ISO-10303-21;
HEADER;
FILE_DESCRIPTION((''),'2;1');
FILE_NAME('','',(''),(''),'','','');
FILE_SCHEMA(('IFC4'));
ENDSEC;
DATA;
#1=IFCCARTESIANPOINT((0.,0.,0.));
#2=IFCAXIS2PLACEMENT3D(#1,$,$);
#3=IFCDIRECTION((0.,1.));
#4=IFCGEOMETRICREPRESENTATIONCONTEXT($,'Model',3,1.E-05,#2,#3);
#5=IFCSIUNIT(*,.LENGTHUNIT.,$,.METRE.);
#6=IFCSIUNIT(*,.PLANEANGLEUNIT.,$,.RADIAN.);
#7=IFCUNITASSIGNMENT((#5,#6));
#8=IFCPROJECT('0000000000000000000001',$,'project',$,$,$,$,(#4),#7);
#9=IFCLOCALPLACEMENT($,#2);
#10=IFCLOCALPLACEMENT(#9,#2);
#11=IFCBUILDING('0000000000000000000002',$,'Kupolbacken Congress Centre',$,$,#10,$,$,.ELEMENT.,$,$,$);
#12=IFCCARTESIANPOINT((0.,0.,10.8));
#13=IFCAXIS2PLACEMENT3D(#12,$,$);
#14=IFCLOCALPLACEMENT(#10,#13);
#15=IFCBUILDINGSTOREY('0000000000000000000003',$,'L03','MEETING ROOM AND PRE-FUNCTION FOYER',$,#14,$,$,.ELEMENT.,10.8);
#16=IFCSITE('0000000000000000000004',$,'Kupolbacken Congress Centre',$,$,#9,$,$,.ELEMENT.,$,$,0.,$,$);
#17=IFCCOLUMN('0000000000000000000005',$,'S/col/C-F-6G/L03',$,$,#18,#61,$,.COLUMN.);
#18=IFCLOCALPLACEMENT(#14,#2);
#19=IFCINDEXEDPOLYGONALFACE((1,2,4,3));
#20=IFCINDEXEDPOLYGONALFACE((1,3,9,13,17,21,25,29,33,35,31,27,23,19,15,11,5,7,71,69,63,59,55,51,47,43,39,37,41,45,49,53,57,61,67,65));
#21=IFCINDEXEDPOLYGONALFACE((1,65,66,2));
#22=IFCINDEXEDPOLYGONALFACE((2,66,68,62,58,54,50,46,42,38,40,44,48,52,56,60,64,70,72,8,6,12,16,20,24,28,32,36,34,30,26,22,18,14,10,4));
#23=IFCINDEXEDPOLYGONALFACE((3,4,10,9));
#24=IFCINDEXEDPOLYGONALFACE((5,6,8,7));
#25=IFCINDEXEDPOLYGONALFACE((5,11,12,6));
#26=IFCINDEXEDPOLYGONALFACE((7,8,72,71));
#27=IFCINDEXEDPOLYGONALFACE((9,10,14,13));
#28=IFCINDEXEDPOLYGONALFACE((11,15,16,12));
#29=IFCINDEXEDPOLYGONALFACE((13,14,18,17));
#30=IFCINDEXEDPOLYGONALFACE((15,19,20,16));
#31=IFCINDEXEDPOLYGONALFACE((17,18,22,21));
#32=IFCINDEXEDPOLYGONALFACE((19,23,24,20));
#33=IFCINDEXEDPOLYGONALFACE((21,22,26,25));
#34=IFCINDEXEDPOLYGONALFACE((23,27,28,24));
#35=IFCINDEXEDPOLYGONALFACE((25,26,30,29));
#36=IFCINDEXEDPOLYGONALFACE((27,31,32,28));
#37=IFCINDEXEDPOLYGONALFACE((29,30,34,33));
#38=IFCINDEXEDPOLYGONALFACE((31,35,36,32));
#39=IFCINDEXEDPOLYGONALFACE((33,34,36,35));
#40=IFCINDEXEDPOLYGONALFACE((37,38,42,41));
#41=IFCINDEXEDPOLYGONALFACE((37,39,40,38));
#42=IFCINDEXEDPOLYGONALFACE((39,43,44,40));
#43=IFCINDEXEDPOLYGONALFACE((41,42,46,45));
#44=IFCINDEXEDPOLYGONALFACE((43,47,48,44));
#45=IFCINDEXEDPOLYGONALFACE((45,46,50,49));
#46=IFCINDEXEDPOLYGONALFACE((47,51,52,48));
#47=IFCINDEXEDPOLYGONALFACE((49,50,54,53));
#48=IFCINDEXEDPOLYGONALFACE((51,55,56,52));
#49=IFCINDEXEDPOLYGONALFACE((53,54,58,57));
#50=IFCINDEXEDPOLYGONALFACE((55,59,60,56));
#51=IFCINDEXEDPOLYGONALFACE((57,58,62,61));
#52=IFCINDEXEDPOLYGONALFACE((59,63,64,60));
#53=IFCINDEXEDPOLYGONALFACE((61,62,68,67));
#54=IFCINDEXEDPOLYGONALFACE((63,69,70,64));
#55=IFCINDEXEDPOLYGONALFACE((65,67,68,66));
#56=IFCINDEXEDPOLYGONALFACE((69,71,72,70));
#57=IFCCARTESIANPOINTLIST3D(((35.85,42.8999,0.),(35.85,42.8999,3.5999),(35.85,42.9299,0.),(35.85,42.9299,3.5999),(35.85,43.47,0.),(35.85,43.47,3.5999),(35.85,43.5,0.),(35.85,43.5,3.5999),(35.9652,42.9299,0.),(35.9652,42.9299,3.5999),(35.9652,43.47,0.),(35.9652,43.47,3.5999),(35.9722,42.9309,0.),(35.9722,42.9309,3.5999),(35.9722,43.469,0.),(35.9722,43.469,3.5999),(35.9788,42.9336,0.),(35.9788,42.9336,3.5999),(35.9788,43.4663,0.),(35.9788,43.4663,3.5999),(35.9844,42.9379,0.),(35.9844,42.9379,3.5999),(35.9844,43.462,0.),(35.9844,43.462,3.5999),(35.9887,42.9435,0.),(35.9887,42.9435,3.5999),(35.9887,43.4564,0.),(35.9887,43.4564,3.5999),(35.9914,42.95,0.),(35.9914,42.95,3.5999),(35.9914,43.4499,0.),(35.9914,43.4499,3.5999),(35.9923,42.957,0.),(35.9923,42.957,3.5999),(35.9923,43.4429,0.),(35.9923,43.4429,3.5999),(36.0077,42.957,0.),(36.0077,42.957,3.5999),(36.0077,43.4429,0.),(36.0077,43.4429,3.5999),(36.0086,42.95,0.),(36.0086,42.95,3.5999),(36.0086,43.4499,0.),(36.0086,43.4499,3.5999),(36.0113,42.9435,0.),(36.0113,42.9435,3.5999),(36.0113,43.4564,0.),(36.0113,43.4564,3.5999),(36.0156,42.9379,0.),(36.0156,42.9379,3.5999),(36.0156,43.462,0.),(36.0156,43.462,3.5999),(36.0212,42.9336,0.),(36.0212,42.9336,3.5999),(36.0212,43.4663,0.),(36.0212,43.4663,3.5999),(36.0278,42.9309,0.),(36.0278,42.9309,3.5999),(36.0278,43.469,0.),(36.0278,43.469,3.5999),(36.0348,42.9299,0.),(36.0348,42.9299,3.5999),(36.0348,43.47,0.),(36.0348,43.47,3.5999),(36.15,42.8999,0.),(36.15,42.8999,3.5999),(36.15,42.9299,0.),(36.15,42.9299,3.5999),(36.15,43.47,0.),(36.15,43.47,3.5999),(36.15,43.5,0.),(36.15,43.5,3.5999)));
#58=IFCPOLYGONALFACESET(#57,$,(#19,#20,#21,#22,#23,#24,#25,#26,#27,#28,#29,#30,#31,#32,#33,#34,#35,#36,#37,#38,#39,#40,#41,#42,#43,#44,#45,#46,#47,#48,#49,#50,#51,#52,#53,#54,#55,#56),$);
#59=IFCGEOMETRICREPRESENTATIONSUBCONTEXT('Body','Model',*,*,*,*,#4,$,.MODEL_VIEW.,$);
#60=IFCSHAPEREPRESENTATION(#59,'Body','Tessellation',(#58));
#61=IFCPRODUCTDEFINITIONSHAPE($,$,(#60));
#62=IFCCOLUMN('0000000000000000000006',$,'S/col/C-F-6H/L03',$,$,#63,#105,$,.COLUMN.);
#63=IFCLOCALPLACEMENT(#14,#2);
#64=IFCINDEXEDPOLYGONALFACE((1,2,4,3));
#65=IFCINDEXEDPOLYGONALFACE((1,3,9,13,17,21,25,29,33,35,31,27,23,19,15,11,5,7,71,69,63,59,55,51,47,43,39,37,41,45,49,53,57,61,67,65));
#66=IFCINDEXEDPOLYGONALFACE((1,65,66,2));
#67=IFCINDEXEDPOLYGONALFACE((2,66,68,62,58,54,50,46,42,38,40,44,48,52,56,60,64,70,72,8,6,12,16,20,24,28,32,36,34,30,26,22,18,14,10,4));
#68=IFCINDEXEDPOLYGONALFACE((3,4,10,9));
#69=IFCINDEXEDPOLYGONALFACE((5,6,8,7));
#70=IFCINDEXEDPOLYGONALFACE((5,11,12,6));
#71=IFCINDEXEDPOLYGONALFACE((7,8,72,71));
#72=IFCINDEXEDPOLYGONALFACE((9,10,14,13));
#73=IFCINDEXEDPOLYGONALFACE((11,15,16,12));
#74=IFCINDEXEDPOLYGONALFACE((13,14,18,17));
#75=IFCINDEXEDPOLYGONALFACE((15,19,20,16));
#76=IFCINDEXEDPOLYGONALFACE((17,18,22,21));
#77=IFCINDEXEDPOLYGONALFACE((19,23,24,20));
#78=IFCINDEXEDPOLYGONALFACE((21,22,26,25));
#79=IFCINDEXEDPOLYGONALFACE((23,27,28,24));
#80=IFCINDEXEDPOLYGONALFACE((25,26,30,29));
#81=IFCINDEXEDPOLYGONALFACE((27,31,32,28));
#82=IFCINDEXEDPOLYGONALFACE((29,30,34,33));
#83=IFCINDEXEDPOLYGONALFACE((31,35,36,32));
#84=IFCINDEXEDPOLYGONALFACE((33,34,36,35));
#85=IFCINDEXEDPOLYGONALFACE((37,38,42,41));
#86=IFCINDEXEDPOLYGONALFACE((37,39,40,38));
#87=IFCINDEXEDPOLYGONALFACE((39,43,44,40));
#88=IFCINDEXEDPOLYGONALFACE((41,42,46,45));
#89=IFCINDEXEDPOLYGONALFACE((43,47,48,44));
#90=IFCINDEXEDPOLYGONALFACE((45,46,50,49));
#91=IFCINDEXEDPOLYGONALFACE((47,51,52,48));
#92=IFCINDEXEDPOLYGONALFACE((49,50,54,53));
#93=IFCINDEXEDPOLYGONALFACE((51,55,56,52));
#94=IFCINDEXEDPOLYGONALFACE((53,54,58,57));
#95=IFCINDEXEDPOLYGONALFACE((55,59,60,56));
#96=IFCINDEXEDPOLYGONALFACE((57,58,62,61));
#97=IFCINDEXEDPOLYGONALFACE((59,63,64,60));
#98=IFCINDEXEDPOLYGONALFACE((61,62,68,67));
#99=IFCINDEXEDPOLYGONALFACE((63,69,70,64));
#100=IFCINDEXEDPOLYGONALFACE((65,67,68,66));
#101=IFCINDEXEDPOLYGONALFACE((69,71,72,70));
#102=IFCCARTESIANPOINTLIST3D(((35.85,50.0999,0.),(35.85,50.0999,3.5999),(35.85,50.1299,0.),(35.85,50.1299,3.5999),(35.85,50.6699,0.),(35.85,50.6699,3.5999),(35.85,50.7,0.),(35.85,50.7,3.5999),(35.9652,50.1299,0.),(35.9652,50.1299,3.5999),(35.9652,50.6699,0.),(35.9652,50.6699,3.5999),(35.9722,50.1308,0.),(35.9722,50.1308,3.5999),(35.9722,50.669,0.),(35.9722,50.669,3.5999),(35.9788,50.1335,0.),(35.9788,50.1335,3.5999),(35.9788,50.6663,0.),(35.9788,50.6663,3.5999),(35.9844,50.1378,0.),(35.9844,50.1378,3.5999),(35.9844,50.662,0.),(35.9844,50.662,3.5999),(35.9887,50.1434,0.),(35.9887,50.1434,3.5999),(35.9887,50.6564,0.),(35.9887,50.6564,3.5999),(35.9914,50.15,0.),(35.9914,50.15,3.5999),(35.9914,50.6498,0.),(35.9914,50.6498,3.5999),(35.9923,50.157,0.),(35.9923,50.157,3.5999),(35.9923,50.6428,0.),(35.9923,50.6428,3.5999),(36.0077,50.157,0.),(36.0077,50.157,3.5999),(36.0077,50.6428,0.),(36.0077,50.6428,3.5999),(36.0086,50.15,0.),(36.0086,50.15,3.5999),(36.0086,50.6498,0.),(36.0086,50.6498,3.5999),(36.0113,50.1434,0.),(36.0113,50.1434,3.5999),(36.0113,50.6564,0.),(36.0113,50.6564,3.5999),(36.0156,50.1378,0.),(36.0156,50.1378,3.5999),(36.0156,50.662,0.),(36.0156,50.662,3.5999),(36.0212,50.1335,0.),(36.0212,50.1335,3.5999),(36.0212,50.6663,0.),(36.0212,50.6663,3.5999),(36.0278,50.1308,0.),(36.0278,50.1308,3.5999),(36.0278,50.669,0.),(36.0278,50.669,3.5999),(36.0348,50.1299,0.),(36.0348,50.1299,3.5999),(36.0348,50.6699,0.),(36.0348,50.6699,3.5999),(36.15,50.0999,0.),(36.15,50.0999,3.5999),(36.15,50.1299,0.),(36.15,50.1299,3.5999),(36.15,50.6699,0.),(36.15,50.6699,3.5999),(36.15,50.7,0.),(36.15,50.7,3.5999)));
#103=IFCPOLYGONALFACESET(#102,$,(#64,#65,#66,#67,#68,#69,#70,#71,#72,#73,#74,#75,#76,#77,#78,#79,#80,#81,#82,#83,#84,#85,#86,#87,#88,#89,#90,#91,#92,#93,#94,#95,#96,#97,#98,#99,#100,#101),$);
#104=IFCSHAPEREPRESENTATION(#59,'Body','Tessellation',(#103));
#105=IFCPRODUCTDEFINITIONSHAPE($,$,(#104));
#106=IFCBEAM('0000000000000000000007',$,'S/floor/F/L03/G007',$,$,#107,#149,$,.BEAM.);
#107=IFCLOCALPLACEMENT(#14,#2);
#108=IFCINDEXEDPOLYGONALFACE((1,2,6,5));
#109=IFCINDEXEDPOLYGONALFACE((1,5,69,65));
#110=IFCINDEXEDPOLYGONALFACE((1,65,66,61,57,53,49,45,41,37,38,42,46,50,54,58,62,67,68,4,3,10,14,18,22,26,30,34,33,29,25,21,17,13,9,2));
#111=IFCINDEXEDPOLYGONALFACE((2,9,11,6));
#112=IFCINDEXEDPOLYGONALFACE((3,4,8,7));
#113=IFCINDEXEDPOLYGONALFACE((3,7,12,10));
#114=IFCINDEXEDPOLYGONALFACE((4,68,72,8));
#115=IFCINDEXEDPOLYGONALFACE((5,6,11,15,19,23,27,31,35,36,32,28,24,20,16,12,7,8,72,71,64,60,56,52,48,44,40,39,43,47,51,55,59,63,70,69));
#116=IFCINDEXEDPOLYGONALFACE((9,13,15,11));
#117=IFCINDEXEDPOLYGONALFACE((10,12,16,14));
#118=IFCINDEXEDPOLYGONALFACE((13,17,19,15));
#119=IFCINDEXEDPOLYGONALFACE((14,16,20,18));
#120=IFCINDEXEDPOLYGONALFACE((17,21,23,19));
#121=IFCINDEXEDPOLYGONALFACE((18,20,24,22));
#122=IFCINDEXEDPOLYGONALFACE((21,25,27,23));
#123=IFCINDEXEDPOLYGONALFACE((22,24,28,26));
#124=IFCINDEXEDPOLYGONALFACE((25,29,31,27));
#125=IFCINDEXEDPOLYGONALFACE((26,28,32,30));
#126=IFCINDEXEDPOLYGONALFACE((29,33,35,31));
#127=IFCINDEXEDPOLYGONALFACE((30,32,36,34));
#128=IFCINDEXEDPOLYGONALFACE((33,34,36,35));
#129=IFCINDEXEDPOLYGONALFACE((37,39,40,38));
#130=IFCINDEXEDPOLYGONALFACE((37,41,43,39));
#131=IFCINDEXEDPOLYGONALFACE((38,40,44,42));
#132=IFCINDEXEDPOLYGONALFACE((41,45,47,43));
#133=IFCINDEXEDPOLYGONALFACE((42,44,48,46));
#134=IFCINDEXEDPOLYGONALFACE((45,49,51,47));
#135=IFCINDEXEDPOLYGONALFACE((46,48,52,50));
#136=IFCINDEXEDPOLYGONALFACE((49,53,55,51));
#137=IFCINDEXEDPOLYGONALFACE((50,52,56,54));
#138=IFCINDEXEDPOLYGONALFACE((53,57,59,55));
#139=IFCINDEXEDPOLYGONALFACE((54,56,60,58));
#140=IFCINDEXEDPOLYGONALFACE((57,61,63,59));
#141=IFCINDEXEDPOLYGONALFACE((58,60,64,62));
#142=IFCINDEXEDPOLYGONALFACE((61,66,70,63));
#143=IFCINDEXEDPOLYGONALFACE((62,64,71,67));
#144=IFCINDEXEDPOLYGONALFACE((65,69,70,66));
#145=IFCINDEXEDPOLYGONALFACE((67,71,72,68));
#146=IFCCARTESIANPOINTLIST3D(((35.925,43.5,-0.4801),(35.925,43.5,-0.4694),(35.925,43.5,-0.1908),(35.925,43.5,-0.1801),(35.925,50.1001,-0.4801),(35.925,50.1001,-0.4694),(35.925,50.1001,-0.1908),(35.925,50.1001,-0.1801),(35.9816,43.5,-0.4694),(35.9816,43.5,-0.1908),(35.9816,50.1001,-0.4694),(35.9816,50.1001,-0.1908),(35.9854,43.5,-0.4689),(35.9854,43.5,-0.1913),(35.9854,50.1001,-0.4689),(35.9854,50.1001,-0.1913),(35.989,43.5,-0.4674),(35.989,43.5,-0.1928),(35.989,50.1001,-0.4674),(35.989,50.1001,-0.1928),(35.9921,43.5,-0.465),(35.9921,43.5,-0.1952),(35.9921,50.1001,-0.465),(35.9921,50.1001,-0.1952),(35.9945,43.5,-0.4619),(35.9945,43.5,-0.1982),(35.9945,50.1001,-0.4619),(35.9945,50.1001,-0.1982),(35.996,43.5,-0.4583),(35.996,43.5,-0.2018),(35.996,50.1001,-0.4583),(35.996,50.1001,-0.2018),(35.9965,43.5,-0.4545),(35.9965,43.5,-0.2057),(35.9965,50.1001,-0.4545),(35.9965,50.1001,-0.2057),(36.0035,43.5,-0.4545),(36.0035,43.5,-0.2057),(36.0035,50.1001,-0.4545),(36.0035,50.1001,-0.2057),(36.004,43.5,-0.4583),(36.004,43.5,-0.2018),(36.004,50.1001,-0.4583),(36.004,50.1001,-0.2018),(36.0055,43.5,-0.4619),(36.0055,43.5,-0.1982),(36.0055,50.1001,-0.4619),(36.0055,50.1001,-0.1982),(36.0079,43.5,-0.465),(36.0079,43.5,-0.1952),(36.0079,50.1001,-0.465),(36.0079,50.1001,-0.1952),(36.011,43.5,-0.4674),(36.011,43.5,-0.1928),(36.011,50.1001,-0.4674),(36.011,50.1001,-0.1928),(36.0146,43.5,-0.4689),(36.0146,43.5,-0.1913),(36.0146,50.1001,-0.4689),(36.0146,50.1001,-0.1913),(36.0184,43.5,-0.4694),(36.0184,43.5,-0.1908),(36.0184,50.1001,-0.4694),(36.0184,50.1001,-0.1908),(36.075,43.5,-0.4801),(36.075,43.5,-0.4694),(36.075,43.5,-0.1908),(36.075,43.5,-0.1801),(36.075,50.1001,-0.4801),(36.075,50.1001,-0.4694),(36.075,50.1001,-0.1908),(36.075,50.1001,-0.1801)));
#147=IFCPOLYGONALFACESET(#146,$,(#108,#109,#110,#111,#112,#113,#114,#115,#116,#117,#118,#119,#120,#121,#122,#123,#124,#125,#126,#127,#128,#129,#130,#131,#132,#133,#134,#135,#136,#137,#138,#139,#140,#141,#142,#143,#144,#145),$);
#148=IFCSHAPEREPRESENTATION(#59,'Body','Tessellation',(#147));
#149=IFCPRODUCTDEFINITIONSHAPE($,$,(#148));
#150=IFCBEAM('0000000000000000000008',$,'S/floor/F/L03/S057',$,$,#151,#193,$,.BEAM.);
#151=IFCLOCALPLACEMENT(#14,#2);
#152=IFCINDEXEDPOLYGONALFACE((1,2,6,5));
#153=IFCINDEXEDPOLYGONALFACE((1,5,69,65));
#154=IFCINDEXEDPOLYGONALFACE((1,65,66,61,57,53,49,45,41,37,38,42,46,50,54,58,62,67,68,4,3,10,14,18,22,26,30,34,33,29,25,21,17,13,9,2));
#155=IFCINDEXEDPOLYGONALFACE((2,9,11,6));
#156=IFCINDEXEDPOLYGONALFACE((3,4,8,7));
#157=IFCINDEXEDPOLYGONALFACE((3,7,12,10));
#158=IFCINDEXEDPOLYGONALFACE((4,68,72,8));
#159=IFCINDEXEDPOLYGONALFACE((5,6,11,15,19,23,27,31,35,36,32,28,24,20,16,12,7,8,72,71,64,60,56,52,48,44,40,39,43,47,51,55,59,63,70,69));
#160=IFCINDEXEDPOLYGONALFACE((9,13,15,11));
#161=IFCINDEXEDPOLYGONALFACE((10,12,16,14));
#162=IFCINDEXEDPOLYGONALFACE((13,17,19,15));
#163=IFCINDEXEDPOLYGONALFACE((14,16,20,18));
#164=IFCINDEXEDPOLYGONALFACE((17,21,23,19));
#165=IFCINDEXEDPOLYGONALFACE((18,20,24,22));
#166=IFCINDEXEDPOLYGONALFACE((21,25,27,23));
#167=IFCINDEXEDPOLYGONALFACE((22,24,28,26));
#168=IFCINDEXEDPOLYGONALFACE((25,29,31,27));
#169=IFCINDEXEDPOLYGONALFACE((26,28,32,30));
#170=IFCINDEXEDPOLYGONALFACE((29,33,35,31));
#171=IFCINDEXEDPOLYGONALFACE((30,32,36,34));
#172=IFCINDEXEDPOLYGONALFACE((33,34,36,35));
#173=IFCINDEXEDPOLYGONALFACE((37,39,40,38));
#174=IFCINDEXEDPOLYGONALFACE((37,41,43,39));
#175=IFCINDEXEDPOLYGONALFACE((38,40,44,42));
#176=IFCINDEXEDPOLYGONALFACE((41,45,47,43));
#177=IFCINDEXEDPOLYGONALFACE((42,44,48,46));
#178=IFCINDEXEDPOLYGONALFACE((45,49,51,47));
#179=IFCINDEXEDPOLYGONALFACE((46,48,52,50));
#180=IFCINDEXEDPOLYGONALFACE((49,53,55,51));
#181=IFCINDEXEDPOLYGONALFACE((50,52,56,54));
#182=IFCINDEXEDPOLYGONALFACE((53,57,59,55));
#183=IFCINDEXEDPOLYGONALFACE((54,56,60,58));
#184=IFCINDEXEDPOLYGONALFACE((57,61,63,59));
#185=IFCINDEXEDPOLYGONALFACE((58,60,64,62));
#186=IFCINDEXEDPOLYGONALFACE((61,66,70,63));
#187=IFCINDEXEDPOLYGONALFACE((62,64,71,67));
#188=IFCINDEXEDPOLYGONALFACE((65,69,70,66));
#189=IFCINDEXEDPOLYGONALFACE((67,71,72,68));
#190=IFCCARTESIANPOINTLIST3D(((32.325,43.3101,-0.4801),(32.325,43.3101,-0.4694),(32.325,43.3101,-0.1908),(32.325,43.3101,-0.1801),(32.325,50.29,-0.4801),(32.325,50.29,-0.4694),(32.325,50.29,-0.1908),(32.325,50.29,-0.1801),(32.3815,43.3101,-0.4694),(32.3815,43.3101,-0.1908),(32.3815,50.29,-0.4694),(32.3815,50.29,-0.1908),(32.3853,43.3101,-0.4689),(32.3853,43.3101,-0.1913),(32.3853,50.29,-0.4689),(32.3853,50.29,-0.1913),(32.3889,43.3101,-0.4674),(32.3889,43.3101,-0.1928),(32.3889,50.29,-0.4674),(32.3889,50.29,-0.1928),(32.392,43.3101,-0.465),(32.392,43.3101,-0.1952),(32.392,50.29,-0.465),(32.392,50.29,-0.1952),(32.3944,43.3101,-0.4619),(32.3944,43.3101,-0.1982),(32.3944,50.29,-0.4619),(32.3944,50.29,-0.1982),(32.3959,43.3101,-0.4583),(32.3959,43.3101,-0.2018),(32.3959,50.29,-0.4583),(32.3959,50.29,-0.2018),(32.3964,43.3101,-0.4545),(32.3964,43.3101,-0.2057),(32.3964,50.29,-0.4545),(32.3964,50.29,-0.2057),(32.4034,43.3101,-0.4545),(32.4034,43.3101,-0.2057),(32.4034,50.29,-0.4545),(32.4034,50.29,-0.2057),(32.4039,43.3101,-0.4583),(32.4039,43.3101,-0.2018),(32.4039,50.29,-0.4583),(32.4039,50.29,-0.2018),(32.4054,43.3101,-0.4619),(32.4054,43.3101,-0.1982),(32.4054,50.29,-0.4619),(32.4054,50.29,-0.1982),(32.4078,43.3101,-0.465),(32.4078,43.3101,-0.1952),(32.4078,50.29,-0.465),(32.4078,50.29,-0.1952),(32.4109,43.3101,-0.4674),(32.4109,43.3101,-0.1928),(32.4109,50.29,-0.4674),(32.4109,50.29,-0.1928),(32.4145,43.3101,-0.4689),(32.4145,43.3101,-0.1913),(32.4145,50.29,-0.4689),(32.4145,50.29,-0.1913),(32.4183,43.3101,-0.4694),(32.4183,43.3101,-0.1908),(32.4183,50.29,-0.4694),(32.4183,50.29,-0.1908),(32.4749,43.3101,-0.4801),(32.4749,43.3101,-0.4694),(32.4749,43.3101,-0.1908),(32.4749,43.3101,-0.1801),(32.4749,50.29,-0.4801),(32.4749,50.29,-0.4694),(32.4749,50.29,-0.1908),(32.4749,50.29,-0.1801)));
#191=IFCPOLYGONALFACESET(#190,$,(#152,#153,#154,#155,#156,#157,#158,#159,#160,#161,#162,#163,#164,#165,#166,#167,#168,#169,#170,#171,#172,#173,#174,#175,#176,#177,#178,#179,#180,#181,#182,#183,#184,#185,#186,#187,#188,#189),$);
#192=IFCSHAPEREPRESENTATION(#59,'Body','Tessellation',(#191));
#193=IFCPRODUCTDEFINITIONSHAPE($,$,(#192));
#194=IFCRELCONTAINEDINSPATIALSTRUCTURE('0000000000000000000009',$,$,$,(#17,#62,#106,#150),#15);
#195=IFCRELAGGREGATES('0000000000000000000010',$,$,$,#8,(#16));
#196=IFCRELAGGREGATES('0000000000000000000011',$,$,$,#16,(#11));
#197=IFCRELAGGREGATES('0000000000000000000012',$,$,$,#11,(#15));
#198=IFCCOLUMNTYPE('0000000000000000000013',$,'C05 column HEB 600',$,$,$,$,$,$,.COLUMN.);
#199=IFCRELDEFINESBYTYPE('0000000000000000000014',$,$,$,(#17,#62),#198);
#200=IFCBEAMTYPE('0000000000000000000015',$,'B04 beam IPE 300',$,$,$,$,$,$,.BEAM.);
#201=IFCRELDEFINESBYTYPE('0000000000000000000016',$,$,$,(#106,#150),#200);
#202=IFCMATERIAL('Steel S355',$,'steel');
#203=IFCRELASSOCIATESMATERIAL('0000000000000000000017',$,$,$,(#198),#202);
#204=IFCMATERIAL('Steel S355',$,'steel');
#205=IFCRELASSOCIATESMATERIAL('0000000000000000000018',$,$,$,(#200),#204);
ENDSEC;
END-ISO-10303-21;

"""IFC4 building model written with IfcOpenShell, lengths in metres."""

from ifc_helpers import new_model, si_unit, direction, frame, origin, origin_2d, place, context, subcontext, project, spatial, i_section, extrude, material, material_profile, profile_set, type_object, element, save


model = new_model("IFC4")

# Units and contexts
model_context = context("Model", 3, precision=1e-05, world=origin(), true_north=direction((0.0, 1.0)))
body_context = subcontext(model_context, "Body", "Model", "MODEL_VIEW")
ifc_project = project(units=[si_unit("LENGTHUNIT", "METRE"), si_unit("PLANEANGLEUNIT", "RADIAN")], contexts=[model_context])

# Site, building, storey
site_placement = place(None, origin())
site = spatial("IfcSite", under=ifc_project, at=site_placement, Name="Kupolbacken Congress Centre", CompositionType="ELEMENT", RefElevation=0.0)
building_placement = place(site_placement, origin())
building = spatial("IfcBuilding", under=site, at=building_placement, Name="Kupolbacken Congress Centre", CompositionType="ELEMENT")
storey_placement = place(building_placement, frame((0.0, 0.0, 10.8)))
storey = spatial("IfcBuildingStorey", under=building, at=storey_placement, Name="L03", Description="MEETING ROOM AND PRE-FUNCTION FOYER", CompositionType="ELEMENT", Elevation=10.8)

# Columns
ifc_material_1 = material(Name="Steel S355", Category="steel")
ifc_material_profile_1 = material_profile(ifc_material_1, i_section(OverallWidth=0.3, OverallDepth=0.6001, WebThickness=0.0154, FlangeThickness=0.03, FilletRadius=0.0271, at=origin_2d()), Name="HEB 600")
ifc_profile_set_1 = profile_set([ifc_material_profile_1], Name="Steel S355")
column_type = type_object("IfcColumnType", Name="C05 column HEB 600", PredefinedType="COLUMN", material=ifc_profile_set_1)
for number, where, z_axis, x_axis, name in (
    (1, (36.0, 43.2, 0.0), (0.0, 0.0, 1.0), (1.0, 0.0, 0.0), "S/col/C-F-6G/L03"),
    (2, (36.0, 50.3999, 0.0), (0.0, 0.0, 1.0), (1.0, 0.0, 0.0), "S/col/C-F-6H/L03"),
):
    element("IfcColumn", number, at=place(storey_placement, frame(where, z_axis=z_axis, x_axis=x_axis)), inside=storey, type_object=column_type, Name=name, PredefinedType="COLUMN", context=body_context, shape_type="SweptSolid", body=[
        extrude(i_section(OverallWidth=0.3, OverallDepth=0.6001, WebThickness=0.0154, FlangeThickness=0.03, FilletRadius=0.0271, at=origin_2d()), origin(), (0.0, 0.0, 1.0), 3.5999),
    ])

# Beams
ifc_material_2 = material(Name="Steel S355", Category="steel")
ifc_material_profile_2 = material_profile(ifc_material_2, i_section(OverallWidth=0.1499, OverallDepth=0.3, WebThickness=0.0071, FlangeThickness=0.0107, FilletRadius=0.0149, at=origin_2d()), Name="IPE 300")
ifc_profile_set_2 = profile_set([ifc_material_profile_2], Name="Steel S355")
beam_type_1 = type_object("IfcBeamType", Name="B04 beam IPE 300", PredefinedType="BEAM", material=ifc_profile_set_2)
beam_1_placement = place(storey_placement, frame((36.0, 43.5, -0.3301), z_axis=(0.0, 1.0, 0.0), x_axis=(-1.0, 0.0, 0.0)))
element("IfcBeam", 3, at=beam_1_placement, inside=storey, type_object=beam_type_1, Name="S/floor/F/L03/G007", PredefinedType="BEAM", context=body_context, shape_type="SweptSolid", body=[
    extrude(i_section(OverallWidth=0.1499, OverallDepth=0.3, WebThickness=0.0071, FlangeThickness=0.0107, FilletRadius=0.0149, at=origin_2d()), origin(), (0.0, 0.0, 1.0), 6.6001),
])
for number, where, z_axis, x_axis, name in (
    (4, (32.3999, 43.3101, -0.3301), (0.0, 1.0, 0.0), (-1.0, 0.0, 0.0), "S/floor/F/L03/S057"),
):
    element("IfcBeam", number, at=place(storey_placement, frame(where, z_axis=z_axis, x_axis=x_axis)), inside=storey, type_object=beam_type_1, Name=name, PredefinedType="BEAM", context=body_context, shape_type="SweptSolid", body=[
        extrude(i_section(OverallWidth=0.1499, OverallDepth=0.3, WebThickness=0.0071, FlangeThickness=0.0107, FilletRadius=0.0149, at=origin_2d()), origin(), (0.0, 0.0, 1.0), 6.98),
    ])

save(model, "model.ifc")
